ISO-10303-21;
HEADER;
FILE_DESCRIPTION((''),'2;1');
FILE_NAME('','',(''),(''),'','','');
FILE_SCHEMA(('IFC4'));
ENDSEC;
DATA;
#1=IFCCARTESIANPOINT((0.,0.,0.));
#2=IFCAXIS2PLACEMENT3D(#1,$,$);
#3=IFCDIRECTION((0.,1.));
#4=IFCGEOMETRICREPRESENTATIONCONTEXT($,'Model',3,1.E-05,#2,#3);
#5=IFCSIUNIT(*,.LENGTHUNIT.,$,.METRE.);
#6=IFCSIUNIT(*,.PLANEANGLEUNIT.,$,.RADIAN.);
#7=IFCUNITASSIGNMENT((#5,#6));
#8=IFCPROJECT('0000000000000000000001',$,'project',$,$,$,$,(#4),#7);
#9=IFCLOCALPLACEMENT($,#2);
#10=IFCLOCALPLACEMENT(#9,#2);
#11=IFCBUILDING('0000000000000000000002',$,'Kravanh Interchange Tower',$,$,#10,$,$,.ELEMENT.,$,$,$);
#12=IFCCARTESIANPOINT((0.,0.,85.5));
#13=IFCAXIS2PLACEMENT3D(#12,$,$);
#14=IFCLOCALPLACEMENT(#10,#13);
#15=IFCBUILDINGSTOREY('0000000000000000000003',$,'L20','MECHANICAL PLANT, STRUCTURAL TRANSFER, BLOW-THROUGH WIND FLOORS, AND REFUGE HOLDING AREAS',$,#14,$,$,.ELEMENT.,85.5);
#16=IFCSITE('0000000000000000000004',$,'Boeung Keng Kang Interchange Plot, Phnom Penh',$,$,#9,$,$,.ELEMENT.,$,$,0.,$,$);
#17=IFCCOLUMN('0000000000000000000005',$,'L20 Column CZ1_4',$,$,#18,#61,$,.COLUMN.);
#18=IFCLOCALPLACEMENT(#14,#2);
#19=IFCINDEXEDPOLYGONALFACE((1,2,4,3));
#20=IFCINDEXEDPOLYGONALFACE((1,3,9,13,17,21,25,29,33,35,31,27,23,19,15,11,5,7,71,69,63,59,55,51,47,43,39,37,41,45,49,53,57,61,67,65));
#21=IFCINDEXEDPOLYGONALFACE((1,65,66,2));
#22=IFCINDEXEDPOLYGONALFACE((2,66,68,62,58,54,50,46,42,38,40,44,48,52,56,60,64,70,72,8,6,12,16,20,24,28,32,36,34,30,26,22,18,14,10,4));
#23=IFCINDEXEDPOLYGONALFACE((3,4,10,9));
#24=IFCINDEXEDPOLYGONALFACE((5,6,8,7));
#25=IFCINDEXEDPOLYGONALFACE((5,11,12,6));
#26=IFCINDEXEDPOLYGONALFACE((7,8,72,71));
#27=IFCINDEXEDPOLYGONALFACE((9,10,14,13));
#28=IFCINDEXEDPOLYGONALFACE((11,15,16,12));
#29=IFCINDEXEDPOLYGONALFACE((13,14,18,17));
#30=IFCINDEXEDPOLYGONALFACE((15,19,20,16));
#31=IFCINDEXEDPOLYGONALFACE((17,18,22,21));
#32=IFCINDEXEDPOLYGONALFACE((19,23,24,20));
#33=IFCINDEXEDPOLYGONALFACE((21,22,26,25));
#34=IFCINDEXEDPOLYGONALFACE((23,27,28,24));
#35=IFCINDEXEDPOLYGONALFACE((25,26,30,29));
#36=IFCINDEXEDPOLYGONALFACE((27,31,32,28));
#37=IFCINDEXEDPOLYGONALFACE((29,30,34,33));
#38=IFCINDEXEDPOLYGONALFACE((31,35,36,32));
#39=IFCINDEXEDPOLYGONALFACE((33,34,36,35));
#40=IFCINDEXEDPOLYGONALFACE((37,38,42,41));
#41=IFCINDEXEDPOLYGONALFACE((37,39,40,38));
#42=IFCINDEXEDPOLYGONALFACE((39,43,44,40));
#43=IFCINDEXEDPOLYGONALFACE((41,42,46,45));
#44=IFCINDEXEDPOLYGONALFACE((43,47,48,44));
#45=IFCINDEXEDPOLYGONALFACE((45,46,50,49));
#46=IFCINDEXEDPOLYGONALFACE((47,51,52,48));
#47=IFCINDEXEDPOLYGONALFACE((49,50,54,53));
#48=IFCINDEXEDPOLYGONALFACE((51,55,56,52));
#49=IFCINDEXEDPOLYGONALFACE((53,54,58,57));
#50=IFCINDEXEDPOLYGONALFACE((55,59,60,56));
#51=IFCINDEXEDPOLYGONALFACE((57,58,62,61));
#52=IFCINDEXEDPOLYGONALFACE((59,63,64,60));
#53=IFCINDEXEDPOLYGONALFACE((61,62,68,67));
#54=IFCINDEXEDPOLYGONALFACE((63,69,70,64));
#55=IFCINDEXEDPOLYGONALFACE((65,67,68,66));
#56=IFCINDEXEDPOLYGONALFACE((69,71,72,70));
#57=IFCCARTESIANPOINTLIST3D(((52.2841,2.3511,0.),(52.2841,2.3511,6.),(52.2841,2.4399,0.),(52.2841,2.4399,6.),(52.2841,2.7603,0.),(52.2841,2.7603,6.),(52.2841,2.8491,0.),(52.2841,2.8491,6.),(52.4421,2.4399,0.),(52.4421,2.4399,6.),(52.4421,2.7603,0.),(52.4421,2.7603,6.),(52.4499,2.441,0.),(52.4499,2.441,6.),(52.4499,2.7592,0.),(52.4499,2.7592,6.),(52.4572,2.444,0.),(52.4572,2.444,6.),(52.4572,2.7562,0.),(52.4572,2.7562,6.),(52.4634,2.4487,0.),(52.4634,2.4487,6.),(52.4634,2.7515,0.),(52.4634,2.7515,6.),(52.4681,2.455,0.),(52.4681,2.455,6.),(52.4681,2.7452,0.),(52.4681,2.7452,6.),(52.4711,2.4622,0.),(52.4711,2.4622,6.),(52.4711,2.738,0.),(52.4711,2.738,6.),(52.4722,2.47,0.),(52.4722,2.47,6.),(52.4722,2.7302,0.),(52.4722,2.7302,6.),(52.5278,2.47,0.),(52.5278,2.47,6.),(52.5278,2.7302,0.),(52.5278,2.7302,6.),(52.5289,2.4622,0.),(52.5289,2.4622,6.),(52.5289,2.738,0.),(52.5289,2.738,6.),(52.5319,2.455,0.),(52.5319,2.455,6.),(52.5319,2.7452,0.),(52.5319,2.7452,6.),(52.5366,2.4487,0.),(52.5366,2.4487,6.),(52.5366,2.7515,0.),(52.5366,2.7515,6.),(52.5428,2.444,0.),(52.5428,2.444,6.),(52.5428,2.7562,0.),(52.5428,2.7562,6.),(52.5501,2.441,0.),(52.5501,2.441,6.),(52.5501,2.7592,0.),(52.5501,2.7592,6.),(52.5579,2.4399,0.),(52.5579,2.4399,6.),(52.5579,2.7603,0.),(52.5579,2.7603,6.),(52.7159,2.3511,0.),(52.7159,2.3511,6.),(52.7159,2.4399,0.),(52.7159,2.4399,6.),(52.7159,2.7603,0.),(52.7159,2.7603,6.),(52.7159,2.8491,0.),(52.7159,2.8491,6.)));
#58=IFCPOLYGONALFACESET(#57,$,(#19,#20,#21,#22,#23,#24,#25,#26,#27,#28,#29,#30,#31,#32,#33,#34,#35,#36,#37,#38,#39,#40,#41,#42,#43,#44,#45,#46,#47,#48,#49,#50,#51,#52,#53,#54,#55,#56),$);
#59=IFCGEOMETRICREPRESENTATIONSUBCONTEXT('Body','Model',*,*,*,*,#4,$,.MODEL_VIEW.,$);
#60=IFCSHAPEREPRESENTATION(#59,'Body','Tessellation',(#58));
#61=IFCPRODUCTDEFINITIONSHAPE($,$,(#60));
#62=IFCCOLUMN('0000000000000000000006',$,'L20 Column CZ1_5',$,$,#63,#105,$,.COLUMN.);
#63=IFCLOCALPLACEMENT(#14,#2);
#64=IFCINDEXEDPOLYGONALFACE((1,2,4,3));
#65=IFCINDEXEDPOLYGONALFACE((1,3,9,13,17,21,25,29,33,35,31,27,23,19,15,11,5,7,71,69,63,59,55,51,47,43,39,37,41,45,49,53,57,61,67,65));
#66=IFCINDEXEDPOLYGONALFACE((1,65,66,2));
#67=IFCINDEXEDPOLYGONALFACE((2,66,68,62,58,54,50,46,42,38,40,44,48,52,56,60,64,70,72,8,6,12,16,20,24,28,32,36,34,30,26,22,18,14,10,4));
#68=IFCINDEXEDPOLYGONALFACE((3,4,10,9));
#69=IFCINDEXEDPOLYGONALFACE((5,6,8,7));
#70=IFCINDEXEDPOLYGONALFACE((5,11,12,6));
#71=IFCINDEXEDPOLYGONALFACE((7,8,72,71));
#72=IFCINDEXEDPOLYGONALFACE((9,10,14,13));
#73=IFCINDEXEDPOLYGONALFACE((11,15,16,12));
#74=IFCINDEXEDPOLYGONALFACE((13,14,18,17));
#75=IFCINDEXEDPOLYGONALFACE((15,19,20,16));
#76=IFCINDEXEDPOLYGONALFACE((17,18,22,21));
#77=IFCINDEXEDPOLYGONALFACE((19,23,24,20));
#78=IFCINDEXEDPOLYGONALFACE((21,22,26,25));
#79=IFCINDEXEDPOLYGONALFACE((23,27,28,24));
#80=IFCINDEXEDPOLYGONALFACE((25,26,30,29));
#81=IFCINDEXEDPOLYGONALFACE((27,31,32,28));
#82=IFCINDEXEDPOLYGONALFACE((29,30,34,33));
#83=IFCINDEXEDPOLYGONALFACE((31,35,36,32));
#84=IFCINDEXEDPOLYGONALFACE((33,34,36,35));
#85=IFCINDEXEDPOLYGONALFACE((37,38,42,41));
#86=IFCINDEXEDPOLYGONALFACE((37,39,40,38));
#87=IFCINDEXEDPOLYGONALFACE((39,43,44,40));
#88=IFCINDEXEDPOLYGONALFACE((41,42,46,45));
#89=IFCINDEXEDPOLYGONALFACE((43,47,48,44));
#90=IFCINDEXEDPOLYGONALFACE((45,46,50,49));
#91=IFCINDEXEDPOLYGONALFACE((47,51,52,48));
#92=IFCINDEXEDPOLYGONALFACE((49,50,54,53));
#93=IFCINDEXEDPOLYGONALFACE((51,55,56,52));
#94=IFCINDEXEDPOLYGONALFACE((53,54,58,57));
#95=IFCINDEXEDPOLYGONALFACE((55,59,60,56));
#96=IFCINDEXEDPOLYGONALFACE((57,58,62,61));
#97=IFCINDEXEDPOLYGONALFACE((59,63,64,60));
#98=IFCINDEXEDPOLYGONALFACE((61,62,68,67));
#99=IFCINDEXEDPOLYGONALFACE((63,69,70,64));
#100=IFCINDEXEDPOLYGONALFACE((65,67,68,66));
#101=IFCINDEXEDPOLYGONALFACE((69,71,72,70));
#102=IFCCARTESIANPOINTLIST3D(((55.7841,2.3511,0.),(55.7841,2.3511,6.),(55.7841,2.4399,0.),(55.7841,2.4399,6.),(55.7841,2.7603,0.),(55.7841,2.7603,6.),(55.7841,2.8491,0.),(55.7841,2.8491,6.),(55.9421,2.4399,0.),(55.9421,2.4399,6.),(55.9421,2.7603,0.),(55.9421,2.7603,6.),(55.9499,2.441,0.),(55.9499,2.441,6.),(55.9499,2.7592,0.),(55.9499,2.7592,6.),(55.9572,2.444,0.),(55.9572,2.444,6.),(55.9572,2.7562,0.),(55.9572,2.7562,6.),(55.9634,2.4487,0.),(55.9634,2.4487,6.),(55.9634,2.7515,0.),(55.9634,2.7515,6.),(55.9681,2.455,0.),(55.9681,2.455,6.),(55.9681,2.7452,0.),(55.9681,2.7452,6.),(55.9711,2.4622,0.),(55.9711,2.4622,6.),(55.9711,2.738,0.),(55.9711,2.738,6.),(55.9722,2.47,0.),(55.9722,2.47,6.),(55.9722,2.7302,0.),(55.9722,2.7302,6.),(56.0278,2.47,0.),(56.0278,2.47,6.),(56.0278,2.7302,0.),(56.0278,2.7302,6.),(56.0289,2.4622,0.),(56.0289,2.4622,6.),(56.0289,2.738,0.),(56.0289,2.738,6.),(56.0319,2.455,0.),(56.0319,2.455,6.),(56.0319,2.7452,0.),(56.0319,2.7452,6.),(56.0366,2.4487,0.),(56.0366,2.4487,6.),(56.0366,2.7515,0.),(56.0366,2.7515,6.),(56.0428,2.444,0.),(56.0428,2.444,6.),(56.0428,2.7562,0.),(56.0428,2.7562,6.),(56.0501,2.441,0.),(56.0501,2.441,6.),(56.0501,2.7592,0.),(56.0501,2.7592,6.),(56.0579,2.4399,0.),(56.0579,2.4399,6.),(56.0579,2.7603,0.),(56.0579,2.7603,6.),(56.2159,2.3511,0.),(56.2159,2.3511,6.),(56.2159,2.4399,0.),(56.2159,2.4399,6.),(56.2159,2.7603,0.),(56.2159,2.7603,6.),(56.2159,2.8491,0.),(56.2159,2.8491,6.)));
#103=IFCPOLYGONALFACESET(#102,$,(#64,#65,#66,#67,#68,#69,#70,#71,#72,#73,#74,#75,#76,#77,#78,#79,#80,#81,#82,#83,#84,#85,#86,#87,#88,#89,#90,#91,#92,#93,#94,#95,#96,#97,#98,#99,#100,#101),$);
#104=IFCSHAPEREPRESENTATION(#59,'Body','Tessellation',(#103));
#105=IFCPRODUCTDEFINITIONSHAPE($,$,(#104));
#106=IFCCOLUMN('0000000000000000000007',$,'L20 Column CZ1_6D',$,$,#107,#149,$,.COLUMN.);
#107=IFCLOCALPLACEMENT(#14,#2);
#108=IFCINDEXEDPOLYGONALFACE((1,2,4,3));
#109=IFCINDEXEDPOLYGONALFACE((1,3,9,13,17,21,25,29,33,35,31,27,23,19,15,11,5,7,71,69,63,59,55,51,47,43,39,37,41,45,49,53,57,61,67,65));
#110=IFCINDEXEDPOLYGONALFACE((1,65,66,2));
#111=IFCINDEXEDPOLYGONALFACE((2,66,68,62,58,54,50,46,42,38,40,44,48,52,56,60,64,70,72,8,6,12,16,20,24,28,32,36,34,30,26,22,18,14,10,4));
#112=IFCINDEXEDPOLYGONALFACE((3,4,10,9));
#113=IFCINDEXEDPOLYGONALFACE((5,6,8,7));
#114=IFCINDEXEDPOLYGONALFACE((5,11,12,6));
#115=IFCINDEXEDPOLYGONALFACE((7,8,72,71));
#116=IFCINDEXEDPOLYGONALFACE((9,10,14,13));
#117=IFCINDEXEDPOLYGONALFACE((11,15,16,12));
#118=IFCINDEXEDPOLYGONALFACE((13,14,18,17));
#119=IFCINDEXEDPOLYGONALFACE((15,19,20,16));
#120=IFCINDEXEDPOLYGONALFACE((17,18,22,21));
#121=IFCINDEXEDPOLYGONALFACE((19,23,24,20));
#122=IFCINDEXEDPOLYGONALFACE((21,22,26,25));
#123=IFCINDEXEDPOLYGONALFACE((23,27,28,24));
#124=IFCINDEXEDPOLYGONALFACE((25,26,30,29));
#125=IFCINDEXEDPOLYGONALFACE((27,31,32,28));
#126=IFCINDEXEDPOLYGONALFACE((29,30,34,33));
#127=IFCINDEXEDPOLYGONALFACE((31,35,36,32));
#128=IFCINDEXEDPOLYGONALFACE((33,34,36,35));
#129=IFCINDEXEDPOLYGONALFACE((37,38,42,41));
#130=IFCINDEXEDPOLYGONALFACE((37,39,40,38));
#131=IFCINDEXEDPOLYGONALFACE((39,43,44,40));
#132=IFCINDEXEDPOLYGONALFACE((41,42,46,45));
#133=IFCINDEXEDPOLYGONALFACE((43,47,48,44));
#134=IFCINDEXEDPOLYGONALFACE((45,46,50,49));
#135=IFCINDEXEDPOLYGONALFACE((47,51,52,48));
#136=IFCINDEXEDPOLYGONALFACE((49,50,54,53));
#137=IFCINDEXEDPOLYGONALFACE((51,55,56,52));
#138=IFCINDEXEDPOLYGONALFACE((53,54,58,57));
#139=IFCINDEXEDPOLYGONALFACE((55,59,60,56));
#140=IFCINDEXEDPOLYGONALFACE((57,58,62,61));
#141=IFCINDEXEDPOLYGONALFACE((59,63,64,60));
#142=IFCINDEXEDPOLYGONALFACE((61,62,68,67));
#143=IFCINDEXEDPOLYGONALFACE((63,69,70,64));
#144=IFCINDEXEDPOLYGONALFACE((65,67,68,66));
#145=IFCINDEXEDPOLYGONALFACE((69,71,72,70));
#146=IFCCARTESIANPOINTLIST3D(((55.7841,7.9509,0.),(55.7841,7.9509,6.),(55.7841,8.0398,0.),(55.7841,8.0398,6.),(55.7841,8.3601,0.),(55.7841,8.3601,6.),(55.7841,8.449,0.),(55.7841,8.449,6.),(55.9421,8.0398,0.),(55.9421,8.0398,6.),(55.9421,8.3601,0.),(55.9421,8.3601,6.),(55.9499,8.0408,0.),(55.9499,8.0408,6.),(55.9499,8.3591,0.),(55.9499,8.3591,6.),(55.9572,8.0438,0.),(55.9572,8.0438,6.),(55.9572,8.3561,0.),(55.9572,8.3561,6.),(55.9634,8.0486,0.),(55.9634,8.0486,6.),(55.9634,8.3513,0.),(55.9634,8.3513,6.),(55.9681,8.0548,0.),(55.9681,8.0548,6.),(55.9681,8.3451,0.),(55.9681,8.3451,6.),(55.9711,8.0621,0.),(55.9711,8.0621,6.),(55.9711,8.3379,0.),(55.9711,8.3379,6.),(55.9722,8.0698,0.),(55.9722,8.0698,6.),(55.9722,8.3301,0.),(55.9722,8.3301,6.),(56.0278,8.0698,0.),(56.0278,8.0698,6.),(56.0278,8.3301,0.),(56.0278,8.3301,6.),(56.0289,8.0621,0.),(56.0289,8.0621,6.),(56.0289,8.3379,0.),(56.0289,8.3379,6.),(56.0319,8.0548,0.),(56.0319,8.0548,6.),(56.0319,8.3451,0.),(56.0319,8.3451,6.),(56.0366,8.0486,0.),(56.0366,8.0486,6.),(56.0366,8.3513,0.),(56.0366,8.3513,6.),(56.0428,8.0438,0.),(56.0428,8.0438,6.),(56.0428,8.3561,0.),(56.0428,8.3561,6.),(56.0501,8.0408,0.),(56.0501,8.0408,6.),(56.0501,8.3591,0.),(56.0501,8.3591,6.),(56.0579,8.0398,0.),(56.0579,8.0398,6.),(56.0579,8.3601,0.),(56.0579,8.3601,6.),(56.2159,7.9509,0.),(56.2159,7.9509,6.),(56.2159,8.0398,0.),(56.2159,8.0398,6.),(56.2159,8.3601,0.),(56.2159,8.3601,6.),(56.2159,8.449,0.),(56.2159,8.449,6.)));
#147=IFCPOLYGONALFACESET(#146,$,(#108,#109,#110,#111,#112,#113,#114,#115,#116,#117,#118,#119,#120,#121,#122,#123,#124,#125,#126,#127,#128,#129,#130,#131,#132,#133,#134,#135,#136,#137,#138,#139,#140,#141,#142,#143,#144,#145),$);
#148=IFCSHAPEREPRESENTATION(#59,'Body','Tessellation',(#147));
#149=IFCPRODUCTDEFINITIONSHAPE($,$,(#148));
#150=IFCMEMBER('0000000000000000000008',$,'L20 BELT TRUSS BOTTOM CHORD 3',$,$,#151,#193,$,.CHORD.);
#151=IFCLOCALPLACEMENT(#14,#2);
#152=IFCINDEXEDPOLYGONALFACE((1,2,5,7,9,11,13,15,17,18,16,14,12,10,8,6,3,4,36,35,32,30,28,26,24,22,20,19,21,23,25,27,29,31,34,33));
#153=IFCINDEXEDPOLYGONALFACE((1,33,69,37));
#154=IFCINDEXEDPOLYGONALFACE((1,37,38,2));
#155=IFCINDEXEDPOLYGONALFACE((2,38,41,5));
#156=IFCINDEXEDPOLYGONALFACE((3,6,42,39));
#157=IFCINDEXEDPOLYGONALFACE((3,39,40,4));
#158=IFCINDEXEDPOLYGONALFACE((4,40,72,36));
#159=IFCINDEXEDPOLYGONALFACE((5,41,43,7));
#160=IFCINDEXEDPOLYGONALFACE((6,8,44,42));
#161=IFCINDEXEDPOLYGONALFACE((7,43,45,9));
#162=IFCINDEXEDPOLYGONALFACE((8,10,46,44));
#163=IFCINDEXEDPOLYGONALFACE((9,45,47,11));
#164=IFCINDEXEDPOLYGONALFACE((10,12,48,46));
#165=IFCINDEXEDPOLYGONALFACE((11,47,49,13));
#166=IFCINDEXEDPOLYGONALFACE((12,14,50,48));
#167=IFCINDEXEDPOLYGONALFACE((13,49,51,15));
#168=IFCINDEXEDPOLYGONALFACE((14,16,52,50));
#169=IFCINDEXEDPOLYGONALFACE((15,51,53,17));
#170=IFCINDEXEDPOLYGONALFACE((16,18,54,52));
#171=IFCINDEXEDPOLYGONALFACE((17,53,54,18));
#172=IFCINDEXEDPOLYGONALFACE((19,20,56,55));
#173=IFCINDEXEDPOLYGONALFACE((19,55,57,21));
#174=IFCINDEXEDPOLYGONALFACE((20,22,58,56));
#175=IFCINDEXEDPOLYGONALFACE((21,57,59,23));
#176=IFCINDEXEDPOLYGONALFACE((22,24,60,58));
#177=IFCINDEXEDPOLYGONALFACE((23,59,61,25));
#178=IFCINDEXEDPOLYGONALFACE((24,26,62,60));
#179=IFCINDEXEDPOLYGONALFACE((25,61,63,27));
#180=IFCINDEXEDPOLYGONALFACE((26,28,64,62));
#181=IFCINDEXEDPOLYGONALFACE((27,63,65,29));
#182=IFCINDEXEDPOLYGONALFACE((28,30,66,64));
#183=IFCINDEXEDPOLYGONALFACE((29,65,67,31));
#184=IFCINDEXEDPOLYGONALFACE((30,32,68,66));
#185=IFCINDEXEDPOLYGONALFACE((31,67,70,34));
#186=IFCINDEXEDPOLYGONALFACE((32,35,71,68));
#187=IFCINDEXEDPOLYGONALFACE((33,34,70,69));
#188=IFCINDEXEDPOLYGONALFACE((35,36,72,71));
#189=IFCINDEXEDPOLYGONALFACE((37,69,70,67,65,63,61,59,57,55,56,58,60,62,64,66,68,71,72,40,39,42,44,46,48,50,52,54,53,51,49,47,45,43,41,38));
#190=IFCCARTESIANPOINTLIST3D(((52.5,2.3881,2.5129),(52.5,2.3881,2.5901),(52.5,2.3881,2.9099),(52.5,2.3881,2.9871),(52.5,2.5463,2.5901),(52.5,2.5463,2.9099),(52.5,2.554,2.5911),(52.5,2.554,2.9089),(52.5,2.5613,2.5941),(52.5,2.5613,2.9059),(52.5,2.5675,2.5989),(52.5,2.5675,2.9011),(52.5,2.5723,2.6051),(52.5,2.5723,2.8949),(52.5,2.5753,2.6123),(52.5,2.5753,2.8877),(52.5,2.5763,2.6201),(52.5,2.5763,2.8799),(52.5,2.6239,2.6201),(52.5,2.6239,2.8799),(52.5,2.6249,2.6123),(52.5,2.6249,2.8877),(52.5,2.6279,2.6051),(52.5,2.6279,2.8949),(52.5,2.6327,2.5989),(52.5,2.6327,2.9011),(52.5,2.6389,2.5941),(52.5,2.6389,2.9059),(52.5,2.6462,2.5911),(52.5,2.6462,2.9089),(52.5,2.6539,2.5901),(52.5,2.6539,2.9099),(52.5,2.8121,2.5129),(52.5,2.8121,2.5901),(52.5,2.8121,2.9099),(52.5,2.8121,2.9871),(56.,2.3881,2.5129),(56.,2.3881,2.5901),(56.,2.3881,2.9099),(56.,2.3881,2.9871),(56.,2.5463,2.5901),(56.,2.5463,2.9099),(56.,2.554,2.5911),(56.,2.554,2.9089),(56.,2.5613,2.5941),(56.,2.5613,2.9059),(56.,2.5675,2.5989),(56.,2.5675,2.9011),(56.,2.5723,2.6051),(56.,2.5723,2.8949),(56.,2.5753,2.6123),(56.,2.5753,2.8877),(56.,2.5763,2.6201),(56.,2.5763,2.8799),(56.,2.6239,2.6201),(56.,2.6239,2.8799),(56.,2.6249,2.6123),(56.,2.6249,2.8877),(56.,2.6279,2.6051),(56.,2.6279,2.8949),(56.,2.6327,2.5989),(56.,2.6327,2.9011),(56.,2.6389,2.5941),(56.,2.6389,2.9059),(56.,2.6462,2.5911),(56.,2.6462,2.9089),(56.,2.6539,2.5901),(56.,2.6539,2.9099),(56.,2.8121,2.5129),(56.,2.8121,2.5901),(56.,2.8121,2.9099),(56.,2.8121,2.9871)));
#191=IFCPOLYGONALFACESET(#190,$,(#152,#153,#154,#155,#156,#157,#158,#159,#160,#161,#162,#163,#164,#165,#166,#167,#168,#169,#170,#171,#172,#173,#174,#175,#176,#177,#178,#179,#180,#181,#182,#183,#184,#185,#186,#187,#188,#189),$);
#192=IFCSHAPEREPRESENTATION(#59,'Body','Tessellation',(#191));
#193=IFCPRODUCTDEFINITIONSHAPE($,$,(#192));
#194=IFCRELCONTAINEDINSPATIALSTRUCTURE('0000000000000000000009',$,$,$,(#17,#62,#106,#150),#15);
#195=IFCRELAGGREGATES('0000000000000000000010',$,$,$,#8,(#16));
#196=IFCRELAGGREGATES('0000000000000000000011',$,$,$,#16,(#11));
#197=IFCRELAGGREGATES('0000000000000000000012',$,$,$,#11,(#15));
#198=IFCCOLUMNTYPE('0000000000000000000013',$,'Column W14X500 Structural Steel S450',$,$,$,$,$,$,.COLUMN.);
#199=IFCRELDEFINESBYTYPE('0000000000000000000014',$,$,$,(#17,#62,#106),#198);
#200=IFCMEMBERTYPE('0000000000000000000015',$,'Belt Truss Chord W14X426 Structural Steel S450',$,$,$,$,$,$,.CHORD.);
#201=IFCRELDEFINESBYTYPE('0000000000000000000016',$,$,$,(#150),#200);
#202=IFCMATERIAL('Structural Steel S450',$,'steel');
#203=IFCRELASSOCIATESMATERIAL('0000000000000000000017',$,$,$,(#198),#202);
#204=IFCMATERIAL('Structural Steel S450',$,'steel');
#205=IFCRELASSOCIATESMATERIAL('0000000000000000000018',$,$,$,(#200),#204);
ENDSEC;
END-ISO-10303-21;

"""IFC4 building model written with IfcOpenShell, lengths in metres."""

from ifc_helpers import new_model, si_unit, direction, frame, origin, origin_2d, place, context, subcontext, project, spatial, i_section, extrude, material, material_profile, profile_set, type_object, element, save


model = new_model("IFC4")

# Units and contexts
model_context = context("Model", 3, precision=1e-05, world=origin(), true_north=direction((0.0, 1.0)))
body_context = subcontext(model_context, "Body", "Model", "MODEL_VIEW")
ifc_project = project(units=[si_unit("LENGTHUNIT", "METRE"), si_unit("PLANEANGLEUNIT", "RADIAN")], contexts=[model_context])

# Site, building, storey
site_placement = place(None, origin())
site = spatial("IfcSite", under=ifc_project, at=site_placement, Name="Boeung Keng Kang Interchange Plot, Phnom Penh", CompositionType="ELEMENT", RefElevation=0.0)
building_placement = place(site_placement, origin())
building = spatial("IfcBuilding", under=site, at=building_placement, Name="Kravanh Interchange Tower", CompositionType="ELEMENT")
storey_placement = place(building_placement, frame((0.0, 0.0, 85.5)))
storey = spatial("IfcBuildingStorey", under=building, at=storey_placement, Name="L20", Description="MECHANICAL PLANT, STRUCTURAL TRANSFER, BLOW-THROUGH WIND FLOORS, AND REFUGE HOLDING AREAS", CompositionType="ELEMENT", Elevation=85.5)

# Columns
ifc_material_1 = material(Name="Structural Steel S450", Category="steel")
ifc_material_profile_1 = material_profile(ifc_material_1, i_section(OverallWidth=0.4319, OverallDepth=0.498, WebThickness=0.0557, FlangeThickness=0.0889, FilletRadius=0.03, at=origin_2d()), Name="W14X500")
ifc_profile_set_1 = profile_set([ifc_material_profile_1], Name="Structural Steel S450")
column_type = type_object("IfcColumnType", Name="Column W14X500 Structural Steel S450", PredefinedType="COLUMN", material=ifc_profile_set_1)
for number, where, z_axis, x_axis, name in (
    (1, (52.5, 2.6001, 0.0), (0.0, 0.0, 1.0), (1.0, 0.0, 0.0), "L20 Column CZ1_4"),
    (2, (56.0, 2.6001, 0.0), (0.0, 0.0, 1.0), (1.0, 0.0, 0.0), "L20 Column CZ1_5"),
    (3, (56.0, 8.2, 0.0), (0.0, 0.0, 1.0), (1.0, 0.0, 0.0), "L20 Column CZ1_6D"),
):
    element("IfcColumn", number, at=place(storey_placement, frame(where, z_axis=z_axis, x_axis=x_axis)), inside=storey, type_object=column_type, Name=name, PredefinedType="COLUMN", context=body_context, shape_type="SweptSolid", body=[
        extrude(i_section(OverallWidth=0.4319, OverallDepth=0.498, WebThickness=0.0557, FlangeThickness=0.0889, FilletRadius=0.03, at=origin_2d()), origin(), (0.0, 0.0, 1.0), 6.0),
    ])

# Member
ifc_material_2 = material(Name="Structural Steel S450", Category="steel")
ifc_material_profile_2 = material_profile(ifc_material_2, i_section(OverallWidth=0.4241, OverallDepth=0.4741, WebThickness=0.0476, FlangeThickness=0.0771, FilletRadius=0.03, at=origin_2d()), Name="W14X426")
ifc_profile_set_2 = profile_set([ifc_material_profile_2], Name="Structural Steel S450")
member_type_1 = type_object("IfcMemberType", Name="Belt Truss Chord W14X426 Structural Steel S450", PredefinedType="CHORD", material=ifc_profile_set_2)
for number, where, z_axis, x_axis, name in (
    (4, (52.5, 2.6001, 2.75), (1.0, 0.0, 0.0), (0.0, 1.0, 0.0), "L20 BELT TRUSS BOTTOM CHORD 3"),
):
    element("IfcMember", number, at=place(storey_placement, frame(where, z_axis=z_axis, x_axis=x_axis)), inside=storey, type_object=member_type_1, Name=name, PredefinedType="CHORD", context=body_context, shape_type="SweptSolid", body=[
        extrude(i_section(OverallWidth=0.4241, OverallDepth=0.4741, WebThickness=0.0476, FlangeThickness=0.0771, FilletRadius=0.03, at=origin_2d()), origin(), (0.0, 0.0, 1.0), 3.5),
    ])

save(model, "model.ifc")
